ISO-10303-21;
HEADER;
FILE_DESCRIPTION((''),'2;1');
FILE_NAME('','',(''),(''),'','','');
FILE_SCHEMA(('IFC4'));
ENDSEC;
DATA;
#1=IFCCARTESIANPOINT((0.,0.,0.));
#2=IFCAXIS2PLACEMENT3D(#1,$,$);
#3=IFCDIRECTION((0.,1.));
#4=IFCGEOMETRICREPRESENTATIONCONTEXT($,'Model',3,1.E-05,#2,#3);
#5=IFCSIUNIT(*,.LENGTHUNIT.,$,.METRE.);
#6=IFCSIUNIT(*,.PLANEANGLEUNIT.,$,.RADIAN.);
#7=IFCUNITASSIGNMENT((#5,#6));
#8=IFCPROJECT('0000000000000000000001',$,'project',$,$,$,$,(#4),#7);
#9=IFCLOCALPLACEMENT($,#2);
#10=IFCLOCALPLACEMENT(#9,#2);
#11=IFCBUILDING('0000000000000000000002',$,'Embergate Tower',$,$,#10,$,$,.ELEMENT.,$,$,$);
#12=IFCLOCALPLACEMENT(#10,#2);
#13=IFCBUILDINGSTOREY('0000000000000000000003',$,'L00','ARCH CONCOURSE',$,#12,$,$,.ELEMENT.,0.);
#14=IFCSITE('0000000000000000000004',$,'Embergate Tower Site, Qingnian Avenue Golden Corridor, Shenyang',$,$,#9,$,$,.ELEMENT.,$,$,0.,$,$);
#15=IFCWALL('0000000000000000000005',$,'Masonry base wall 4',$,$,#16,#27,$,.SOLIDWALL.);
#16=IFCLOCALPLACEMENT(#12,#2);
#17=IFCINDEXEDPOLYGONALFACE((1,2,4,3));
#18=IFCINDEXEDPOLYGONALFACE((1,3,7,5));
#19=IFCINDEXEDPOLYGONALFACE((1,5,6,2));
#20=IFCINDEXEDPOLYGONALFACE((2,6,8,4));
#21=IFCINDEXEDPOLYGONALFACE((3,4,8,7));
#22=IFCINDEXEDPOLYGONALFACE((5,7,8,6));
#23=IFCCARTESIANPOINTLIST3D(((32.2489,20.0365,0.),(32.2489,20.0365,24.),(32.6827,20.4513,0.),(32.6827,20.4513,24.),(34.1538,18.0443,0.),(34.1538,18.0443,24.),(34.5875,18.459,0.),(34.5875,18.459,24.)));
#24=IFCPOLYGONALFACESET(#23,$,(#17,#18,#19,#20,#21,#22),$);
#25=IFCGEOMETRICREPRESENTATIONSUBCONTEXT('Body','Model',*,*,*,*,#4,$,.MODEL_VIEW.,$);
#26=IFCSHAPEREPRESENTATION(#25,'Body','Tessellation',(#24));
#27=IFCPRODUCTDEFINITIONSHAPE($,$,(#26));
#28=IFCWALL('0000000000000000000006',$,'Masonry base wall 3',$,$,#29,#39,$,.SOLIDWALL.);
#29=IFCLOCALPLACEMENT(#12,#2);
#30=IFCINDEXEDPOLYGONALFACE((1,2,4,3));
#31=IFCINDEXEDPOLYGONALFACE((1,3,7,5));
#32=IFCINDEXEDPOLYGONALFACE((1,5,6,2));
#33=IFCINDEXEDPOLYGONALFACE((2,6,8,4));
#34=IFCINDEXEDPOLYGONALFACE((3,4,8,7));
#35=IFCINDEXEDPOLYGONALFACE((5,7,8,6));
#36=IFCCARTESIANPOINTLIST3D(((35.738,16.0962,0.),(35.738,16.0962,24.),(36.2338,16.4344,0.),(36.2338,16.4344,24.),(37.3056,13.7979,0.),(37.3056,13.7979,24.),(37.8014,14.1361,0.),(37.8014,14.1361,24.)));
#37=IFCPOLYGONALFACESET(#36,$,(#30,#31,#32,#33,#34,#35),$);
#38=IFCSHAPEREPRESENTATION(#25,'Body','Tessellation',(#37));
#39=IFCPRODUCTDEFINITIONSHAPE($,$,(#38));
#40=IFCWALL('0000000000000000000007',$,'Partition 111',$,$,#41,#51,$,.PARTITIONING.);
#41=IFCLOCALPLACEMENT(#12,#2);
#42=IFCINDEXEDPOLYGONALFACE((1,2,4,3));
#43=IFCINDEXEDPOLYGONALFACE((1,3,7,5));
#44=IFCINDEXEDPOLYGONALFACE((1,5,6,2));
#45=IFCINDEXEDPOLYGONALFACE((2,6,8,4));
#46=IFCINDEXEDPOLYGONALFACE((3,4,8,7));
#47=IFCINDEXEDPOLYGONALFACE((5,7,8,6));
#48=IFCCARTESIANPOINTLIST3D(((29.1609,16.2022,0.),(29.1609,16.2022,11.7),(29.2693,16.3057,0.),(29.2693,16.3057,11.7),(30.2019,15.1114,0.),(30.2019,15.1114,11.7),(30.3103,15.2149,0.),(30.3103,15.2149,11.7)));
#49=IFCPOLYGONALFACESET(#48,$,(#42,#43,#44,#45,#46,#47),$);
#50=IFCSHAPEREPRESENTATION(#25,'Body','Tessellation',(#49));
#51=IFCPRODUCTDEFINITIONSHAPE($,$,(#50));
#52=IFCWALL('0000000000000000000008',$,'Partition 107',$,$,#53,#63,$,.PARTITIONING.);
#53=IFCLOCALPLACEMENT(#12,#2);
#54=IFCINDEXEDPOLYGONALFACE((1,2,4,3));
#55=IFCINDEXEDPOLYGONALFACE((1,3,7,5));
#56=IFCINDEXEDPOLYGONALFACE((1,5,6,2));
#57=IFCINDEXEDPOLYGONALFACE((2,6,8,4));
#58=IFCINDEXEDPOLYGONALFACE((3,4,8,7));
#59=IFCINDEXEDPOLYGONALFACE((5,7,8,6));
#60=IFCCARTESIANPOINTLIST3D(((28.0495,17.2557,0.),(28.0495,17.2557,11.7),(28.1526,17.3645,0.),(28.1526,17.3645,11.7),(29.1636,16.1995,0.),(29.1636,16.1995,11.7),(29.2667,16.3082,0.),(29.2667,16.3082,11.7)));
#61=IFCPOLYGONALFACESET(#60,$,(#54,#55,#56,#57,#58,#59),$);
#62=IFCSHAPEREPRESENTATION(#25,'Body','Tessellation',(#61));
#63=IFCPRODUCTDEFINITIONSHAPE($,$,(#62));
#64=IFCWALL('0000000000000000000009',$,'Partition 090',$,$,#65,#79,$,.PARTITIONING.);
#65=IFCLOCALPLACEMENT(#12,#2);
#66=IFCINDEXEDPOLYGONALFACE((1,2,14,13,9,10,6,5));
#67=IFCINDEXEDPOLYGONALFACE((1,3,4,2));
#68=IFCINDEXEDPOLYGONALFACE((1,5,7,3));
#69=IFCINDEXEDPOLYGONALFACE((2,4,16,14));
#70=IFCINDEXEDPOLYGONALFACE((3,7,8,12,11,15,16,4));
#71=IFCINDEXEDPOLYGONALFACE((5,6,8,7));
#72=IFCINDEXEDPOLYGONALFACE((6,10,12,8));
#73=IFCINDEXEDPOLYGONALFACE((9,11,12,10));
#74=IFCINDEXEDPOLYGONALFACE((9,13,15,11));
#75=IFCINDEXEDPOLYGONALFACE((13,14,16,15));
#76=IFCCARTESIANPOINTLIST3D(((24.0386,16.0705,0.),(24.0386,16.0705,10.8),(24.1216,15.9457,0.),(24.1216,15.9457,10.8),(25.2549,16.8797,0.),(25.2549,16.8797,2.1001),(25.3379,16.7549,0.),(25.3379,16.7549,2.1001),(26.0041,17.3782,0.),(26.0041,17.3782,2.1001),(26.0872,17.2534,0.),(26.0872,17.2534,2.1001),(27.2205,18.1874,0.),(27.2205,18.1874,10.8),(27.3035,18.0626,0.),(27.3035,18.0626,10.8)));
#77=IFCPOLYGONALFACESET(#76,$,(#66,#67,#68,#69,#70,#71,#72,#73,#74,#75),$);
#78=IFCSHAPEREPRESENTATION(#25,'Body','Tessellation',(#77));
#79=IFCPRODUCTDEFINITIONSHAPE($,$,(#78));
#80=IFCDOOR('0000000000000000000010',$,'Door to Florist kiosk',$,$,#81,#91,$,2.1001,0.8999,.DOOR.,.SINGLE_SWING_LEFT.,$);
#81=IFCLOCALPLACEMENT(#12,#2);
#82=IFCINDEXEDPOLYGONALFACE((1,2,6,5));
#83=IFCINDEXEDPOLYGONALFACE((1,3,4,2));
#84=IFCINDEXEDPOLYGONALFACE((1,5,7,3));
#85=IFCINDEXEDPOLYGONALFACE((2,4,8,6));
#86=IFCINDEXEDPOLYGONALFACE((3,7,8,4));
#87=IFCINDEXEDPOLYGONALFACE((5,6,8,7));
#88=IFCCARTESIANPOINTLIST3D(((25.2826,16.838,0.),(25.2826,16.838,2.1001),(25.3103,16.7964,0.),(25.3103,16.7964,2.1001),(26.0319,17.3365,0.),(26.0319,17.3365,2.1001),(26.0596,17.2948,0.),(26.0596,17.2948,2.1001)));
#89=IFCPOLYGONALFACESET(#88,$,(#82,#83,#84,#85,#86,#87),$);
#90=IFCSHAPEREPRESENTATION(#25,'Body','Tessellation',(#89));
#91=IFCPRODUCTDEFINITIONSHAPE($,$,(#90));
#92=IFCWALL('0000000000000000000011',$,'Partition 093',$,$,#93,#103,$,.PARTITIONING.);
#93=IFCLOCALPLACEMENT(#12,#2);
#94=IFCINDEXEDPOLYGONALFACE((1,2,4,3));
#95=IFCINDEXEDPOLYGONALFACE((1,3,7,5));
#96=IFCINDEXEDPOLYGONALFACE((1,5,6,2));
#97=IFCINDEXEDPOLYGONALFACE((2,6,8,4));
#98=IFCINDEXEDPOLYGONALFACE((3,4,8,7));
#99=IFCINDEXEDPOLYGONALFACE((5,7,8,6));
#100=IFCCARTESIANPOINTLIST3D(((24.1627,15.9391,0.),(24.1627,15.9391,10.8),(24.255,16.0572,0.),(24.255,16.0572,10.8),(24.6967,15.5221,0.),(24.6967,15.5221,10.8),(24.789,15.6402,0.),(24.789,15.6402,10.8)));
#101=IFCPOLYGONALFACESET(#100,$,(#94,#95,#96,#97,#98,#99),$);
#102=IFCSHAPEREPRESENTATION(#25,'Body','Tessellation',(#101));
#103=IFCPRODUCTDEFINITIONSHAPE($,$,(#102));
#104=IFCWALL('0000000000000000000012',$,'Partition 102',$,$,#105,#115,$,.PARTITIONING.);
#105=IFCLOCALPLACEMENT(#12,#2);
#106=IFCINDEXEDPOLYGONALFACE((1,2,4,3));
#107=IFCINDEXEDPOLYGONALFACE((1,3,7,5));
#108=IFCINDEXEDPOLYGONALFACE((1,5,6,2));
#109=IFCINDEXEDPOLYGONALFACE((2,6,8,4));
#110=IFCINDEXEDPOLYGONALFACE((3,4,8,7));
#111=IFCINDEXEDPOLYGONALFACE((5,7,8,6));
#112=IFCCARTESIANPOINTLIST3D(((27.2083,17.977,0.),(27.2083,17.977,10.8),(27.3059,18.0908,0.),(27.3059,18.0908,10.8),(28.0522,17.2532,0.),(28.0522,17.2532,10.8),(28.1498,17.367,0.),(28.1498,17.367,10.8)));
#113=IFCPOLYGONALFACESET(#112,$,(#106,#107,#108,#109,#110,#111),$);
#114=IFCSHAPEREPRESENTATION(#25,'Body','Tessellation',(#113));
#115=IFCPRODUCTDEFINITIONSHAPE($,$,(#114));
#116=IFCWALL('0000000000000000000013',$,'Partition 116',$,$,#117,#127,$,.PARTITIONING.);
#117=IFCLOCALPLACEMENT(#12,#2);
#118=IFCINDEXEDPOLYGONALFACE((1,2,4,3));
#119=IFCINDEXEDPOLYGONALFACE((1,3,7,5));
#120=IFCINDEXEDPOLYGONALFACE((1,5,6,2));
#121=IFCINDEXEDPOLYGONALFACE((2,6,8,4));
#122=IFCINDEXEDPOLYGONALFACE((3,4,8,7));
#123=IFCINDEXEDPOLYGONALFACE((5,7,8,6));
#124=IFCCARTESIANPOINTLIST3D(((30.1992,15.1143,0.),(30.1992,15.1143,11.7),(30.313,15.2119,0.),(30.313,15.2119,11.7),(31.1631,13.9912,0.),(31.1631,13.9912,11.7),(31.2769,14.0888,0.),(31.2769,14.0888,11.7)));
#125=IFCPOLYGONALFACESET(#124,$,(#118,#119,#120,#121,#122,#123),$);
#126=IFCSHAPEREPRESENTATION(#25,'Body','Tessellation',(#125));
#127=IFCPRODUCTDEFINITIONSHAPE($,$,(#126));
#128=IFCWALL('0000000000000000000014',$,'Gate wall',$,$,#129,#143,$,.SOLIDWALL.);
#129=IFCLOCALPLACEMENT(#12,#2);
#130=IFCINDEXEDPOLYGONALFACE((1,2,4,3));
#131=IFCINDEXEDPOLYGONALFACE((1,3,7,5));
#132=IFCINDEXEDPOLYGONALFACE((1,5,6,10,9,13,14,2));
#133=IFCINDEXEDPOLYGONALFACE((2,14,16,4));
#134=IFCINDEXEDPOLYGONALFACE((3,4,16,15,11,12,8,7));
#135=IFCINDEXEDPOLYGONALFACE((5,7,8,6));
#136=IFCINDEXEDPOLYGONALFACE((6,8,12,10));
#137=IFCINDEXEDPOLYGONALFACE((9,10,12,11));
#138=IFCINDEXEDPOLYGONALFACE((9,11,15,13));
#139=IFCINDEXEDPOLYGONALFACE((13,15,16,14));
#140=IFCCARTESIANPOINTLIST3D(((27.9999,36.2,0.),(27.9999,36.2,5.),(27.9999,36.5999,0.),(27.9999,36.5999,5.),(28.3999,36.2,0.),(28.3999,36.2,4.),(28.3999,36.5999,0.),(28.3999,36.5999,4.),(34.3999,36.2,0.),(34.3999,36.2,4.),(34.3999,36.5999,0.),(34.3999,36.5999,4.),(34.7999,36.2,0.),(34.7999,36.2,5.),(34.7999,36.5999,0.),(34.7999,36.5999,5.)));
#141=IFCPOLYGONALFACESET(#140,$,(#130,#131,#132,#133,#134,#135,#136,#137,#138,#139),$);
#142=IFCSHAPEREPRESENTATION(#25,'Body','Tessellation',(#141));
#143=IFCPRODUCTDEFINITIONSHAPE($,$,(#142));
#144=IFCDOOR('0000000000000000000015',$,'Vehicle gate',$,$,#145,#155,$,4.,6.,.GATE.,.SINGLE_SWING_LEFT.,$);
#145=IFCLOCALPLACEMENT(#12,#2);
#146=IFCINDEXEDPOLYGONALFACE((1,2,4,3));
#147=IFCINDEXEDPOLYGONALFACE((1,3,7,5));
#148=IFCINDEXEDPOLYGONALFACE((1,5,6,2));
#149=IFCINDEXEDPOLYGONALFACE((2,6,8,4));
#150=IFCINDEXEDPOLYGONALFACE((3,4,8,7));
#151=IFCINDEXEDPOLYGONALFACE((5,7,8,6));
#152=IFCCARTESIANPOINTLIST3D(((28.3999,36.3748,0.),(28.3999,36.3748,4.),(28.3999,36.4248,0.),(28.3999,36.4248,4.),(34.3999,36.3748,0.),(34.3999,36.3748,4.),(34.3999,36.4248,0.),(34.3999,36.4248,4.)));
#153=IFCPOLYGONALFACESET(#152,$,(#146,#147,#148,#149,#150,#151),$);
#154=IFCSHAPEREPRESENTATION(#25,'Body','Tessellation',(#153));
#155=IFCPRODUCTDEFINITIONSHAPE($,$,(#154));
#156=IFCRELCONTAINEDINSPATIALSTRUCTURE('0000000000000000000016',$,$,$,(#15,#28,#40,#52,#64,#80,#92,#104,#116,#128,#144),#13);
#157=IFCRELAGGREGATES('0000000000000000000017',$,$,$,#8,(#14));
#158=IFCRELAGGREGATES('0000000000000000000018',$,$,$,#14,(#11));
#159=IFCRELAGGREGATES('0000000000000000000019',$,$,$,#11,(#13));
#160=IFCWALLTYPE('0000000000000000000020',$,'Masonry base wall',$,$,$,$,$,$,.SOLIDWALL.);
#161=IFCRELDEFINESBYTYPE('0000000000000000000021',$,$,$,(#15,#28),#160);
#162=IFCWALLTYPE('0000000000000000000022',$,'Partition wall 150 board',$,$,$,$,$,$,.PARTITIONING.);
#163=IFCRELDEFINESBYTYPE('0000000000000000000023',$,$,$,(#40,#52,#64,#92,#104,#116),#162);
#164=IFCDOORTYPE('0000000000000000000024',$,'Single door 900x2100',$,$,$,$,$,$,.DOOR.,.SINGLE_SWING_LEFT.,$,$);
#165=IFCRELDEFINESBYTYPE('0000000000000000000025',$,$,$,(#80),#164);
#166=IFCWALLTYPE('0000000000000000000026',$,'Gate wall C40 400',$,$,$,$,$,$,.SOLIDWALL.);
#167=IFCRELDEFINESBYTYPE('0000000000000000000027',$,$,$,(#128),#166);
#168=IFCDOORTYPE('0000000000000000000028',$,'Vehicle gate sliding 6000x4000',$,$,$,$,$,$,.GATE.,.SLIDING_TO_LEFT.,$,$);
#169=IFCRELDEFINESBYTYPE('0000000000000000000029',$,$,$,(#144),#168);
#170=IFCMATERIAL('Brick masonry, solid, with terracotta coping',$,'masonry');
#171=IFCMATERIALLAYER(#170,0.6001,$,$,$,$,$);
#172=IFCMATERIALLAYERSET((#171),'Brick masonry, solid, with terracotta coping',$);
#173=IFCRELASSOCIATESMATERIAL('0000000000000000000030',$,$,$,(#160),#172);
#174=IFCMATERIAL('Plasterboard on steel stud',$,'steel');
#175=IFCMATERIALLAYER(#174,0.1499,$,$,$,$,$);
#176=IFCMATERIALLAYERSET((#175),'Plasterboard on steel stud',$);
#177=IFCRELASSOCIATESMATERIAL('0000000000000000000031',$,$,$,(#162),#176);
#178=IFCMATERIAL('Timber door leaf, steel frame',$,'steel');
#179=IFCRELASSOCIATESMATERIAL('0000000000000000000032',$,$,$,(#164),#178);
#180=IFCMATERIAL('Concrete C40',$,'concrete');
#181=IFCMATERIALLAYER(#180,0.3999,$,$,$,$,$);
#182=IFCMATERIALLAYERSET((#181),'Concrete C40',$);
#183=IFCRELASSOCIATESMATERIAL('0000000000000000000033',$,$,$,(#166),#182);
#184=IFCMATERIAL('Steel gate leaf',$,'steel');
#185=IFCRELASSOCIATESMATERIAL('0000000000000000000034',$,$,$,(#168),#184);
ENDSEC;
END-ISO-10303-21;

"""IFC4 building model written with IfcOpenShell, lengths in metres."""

from ifc_helpers import new_model, si_unit, direction, frame, frame_2d, origin, place, context, subcontext, project, spatial, rectangle, extrude, source, transform, mapped, material, layer, layer_set, type_object, element, fill, save


model = new_model("IFC4")

# Units and contexts
model_context = context("Model", 3, precision=1e-05, world=origin(), true_north=direction((0.0, 1.0)))
body_context = subcontext(model_context, "Body", "Model", "MODEL_VIEW")
ifc_project = project(units=[si_unit("LENGTHUNIT", "METRE"), si_unit("PLANEANGLEUNIT", "RADIAN")], contexts=[model_context])

# Site, building, storey
site_placement = place(None, origin())
site = spatial("IfcSite", under=ifc_project, at=site_placement, Name="Embergate Tower Site, Qingnian Avenue Golden Corridor, Shenyang", CompositionType="ELEMENT", RefElevation=0.0)
building_placement = place(site_placement, origin())
building = spatial("IfcBuilding", under=site, at=building_placement, Name="Embergate Tower", CompositionType="ELEMENT")
storey_placement = place(building_placement, origin())
storey = spatial("IfcBuildingStorey", under=building, at=storey_placement, Name="L00", Description="ARCH CONCOURSE", CompositionType="ELEMENT", Elevation=0.0)

# Shared definitions
ifc_material_1 = material(Name="Brick masonry, solid, with terracotta coping", Category="masonry")
ifc_layer_1 = layer(ifc_material_1, 0.6001)
ifc_layer_set_1 = layer_set([ifc_layer_1], Name="Brick masonry, solid, with terracotta coping")
wall_type_1 = type_object("IfcWallType", Name="Masonry base wall", PredefinedType="SOLIDWALL", material=ifc_layer_set_1)

# Walls
shared_shape_1 = source(origin(), body_context, "Body", "SweptSolid", [
    extrude(rectangle(XDim=2.7563, YDim=0.6001, at=frame_2d((1.3782, 0.0))), origin(), (0.0, 0.0, 1.0), 24.0),
])
wall_1_placement = place(storey_placement, frame((32.4658, 20.2439, 0.0), z_axis=(0.0, 0.0, 1.0), x_axis=(0.691074, -0.722784, 0.0)))
element("IfcWall", 1, at=wall_1_placement, inside=storey, type_object=wall_type_1, Name="Masonry base wall 4", PredefinedType="SOLIDWALL", context=body_context, shape_type="MappedRepresentation", body=[
    mapped(shared_shape_1, transform((0.0, 0.0, 0.0))),
])
shared_shape_2 = source(origin(), body_context, "Body", "SweptSolid", [
    extrude(rectangle(XDim=2.782, YDim=0.6001, at=frame_2d((1.3911, 0.0))), origin(), (0.0, 0.0, 1.0), 24.0),
])
wall_2_placement = place(storey_placement, frame((35.9858, 16.2654, 0.0), z_axis=(0.0, 0.0, 1.0), x_axis=(0.563478, -0.826131, 0.0)))
element("IfcWall", 2, at=wall_2_placement, inside=storey, type_object=wall_type_1, Name="Masonry base wall 3", PredefinedType="SOLIDWALL", context=body_context, shape_type="MappedRepresentation", body=[
    mapped(shared_shape_2, transform((0.0, 0.0, 0.0))),
])
ifc_material_2 = material(Name="Plasterboard on steel stud", Category="steel")
ifc_layer_2 = layer(ifc_material_2, 0.1499)
ifc_layer_set_2 = layer_set([ifc_layer_2], Name="Plasterboard on steel stud")
wall_type_2 = type_object("IfcWallType", Name="Partition wall 150 board", PredefinedType="PARTITIONING", material=ifc_layer_set_2)
shared_shape_3 = source(origin(), body_context, "Body", "SweptSolid", [
    extrude(rectangle(XDim=1.5078, YDim=0.1499, at=frame_2d((0.7539, 0.0))), origin(), (0.0, 0.0, 1.0), 11.7),
])
wall_3_placement = place(storey_placement, frame((29.2151, 16.2539, 0.0), z_axis=(0.0, 0.0, 1.0), x_axis=(0.690399, -0.723429, 0.0)))
element("IfcWall", 3, at=wall_3_placement, inside=storey, type_object=wall_type_2, Name="Partition 111", PredefinedType="PARTITIONING", context=body_context, shape_type="MappedRepresentation", body=[
    mapped(shared_shape_3, transform((0.0, 0.0, 0.0))),
])
shared_shape_4 = source(origin(), body_context, "Body", "SweptSolid", [
    extrude(rectangle(XDim=1.5352, YDim=0.1499, at=frame_2d((0.7676, 0.0))), origin(), (0.0, 0.0, 1.0), 11.7),
])
wall_4_placement = place(storey_placement, frame((28.1011, 17.3101, 0.0), z_axis=(0.0, 0.0, 1.0), x_axis=(0.725702, -0.688009, 0.0)))
element("IfcWall", 4, at=wall_4_placement, inside=storey, type_object=wall_type_2, Name="Partition 107", PredefinedType="PARTITIONING", context=body_context, shape_type="MappedRepresentation", body=[
    mapped(shared_shape_4, transform((0.0, 0.0, 0.0))),
])

# Wall, opening, door
shared_shape_5 = source(origin(), body_context, "Body", "SweptSolid", [
    extrude(rectangle(XDim=3.8218, YDim=0.1499, at=frame_2d((1.9109, 0.0))), origin(), (0.0, 0.0, 1.0), 10.8),
])
wall_5_placement = place(storey_placement, frame((24.0801, 16.0081, 0.0), z_axis=(0.0, 0.0, 1.0), x_axis=(0.832571, 0.553919, 0.0)))
wall_5 = element("IfcWall", 5, at=wall_5_placement, inside=storey, type_object=wall_type_2, Name="Partition 090", PredefinedType="PARTITIONING", context=body_context, shape_type="MappedRepresentation", body=[
    mapped(shared_shape_5, transform((0.0, 0.0, 0.0))),
])
shared_shape_6 = source(origin(), body_context, "Body", "SweptSolid", [
    extrude(rectangle(XDim=0.8999, YDim=2.1001, at=frame_2d((0.45, 1.05))), frame((0.0, 0.085, 0.0), z_axis=(0.0, -1.0, 0.0), x_axis=(1.0, 0.0, 0.0)), (0.0, 0.0, 1.0), 0.1699),
])
opening_1_placement = place(wall_5_placement, frame((1.4609, 0.0, 0.0)))
opening_1 = element("IfcOpeningElement", 6, at=opening_1_placement, cuts=wall_5, PredefinedType="OPENING", context=body_context, shape_type="MappedRepresentation", body=[
    mapped(shared_shape_6, transform((0.0, 0.0, 0.0))),
])
ifc_material_3 = material(Name="Timber door leaf, steel frame", Category="steel")
door_type_1 = type_object("IfcDoorType", Name="Single door 900x2100", OperationType="SINGLE_SWING_LEFT", PredefinedType="DOOR", material=ifc_material_3)
shared_shape_7 = source(origin(), body_context, "Body", "SweptSolid", [
    extrude(rectangle(XDim=0.8999, YDim=2.1001, at=frame_2d((0.45, 1.05))), frame((0.0, 0.0249, 0.0), z_axis=(0.0, -1.0, 0.0), x_axis=(1.0, 0.0, 0.0)), (0.0, 0.0, 1.0), 0.05),
])
door_1_placement = place(opening_1_placement, origin())
door_1 = element("IfcDoor", 7, at=door_1_placement, inside=storey, type_object=door_type_1, Name="Door to Florist kiosk", OperationType="SINGLE_SWING_LEFT", OverallHeight=2.1001, OverallWidth=0.8999, PredefinedType="DOOR", context=body_context, shape_type="MappedRepresentation", body=[
    mapped(shared_shape_7, transform((0.0, 0.0, 0.0))),
])
fill(opening_1, door_1)

# Walls
shared_shape_8 = source(origin(), body_context, "Body", "SweptSolid", [
    extrude(rectangle(XDim=0.6775, YDim=0.1499, at=frame_2d((0.3389, 0.0))), origin(), (0.0, 0.0, 1.0), 10.8),
])
wall_6_placement = place(storey_placement, frame((24.7429, 15.5811, 0.0), z_axis=(0.0, 0.0, 1.0), x_axis=(-0.788128, 0.615511, 0.0)))
element("IfcWall", 8, at=wall_6_placement, inside=storey, type_object=wall_type_2, Name="Partition 093", PredefinedType="PARTITIONING", context=body_context, shape_type="MappedRepresentation", body=[
    mapped(shared_shape_8, transform((0.0, 0.0, 0.0))),
])
shared_shape_9 = source(origin(), body_context, "Body", "SweptSolid", [
    extrude(rectangle(XDim=1.1118, YDim=0.1499, at=frame_2d((0.5559, 0.0))), origin(), (0.0, 0.0, 1.0), 10.8),
])
wall_7_placement = place(storey_placement, frame((27.2571, 18.0339, 0.0), z_axis=(0.0, 0.0, 1.0), x_axis=(0.759055, -0.651026, 0.0)))
element("IfcWall", 9, at=wall_7_placement, inside=storey, type_object=wall_type_2, Name="Partition 102", PredefinedType="PARTITIONING", context=body_context, shape_type="MappedRepresentation", body=[
    mapped(shared_shape_9, transform((0.0, 0.0, 0.0))),
])
shared_shape_10 = source(origin(), body_context, "Body", "SweptSolid", [
    extrude(rectangle(XDim=1.48, YDim=0.1499, at=frame_2d((0.74, 0.0))), origin(), (0.0, 0.0, 1.0), 11.7),
])
wall_8_placement = place(storey_placement, frame((30.2561, 15.1631, 0.0), z_axis=(0.0, 0.0, 1.0), x_axis=(0.65128, -0.758837, 0.0)))
element("IfcWall", 10, at=wall_8_placement, inside=storey, type_object=wall_type_2, Name="Partition 116", PredefinedType="PARTITIONING", context=body_context, shape_type="MappedRepresentation", body=[
    mapped(shared_shape_10, transform((0.0, 0.0, 0.0))),
])

# Wall, opening, door
ifc_material_4 = material(Name="Concrete C40", Category="concrete")
ifc_layer_3 = layer(ifc_material_4, 0.3999)
ifc_layer_set_3 = layer_set([ifc_layer_3], Name="Concrete C40")
wall_type_3 = type_object("IfcWallType", Name="Gate wall C40 400", PredefinedType="SOLIDWALL", material=ifc_layer_set_3)
shared_shape_11 = source(origin(), body_context, "Body", "SweptSolid", [
    extrude(rectangle(XDim=6.8, YDim=0.3999, at=frame_2d((3.3999, 0.0))), origin(), (0.0, 0.0, 1.0), 5.0),
])
wall_9_placement = place(storey_placement, frame((28.0, 36.3999, 0.0), z_axis=(0.0, 0.0, 1.0), x_axis=(1.0, 0.0, 0.0)))
wall_9 = element("IfcWall", 11, at=wall_9_placement, inside=storey, type_object=wall_type_3, Name="Gate wall", PredefinedType="SOLIDWALL", context=body_context, shape_type="MappedRepresentation", body=[
    mapped(shared_shape_11, transform((0.0, 0.0, 0.0))),
])
shared_shape_12 = source(origin(), body_context, "Body", "SweptSolid", [
    extrude(rectangle(XDim=6.0, YDim=4.0, at=frame_2d((3.0, 2.0))), frame((0.0, 0.21, 0.0), z_axis=(0.0, -1.0, 0.0), x_axis=(1.0, 0.0, 0.0)), (0.0, 0.0, 1.0), 0.4199),
])
opening_2_placement = place(wall_9_placement, frame((0.3999, 0.0, 0.0)))
opening_2 = element("IfcOpeningElement", 12, at=opening_2_placement, cuts=wall_9, PredefinedType="OPENING", context=body_context, shape_type="MappedRepresentation", body=[
    mapped(shared_shape_12, transform((0.0, 0.0, 0.0))),
])
ifc_material_5 = material(Name="Steel gate leaf", Category="steel")
door_type_2 = type_object("IfcDoorType", Name="Vehicle gate sliding 6000x4000", OperationType="SLIDING_TO_LEFT", PredefinedType="GATE", material=ifc_material_5)
shared_shape_13 = source(origin(), body_context, "Body", "SweptSolid", [
    extrude(rectangle(XDim=6.0, YDim=4.0, at=frame_2d((3.0, 2.0))), frame((0.0, 0.0249, 0.0), z_axis=(0.0, -1.0, 0.0), x_axis=(1.0, 0.0, 0.0)), (0.0, 0.0, 1.0), 0.05),
])
door_2_placement = place(opening_2_placement, origin())
door_2 = element("IfcDoor", 13, at=door_2_placement, inside=storey, type_object=door_type_2, Name="Vehicle gate", OperationType="SINGLE_SWING_LEFT", OverallHeight=4.0, OverallWidth=6.0, PredefinedType="GATE", context=body_context, shape_type="MappedRepresentation", body=[
    mapped(shared_shape_13, transform((0.0, 0.0, 0.0))),
])
fill(opening_2, door_2)

save(model, "model.ifc")
